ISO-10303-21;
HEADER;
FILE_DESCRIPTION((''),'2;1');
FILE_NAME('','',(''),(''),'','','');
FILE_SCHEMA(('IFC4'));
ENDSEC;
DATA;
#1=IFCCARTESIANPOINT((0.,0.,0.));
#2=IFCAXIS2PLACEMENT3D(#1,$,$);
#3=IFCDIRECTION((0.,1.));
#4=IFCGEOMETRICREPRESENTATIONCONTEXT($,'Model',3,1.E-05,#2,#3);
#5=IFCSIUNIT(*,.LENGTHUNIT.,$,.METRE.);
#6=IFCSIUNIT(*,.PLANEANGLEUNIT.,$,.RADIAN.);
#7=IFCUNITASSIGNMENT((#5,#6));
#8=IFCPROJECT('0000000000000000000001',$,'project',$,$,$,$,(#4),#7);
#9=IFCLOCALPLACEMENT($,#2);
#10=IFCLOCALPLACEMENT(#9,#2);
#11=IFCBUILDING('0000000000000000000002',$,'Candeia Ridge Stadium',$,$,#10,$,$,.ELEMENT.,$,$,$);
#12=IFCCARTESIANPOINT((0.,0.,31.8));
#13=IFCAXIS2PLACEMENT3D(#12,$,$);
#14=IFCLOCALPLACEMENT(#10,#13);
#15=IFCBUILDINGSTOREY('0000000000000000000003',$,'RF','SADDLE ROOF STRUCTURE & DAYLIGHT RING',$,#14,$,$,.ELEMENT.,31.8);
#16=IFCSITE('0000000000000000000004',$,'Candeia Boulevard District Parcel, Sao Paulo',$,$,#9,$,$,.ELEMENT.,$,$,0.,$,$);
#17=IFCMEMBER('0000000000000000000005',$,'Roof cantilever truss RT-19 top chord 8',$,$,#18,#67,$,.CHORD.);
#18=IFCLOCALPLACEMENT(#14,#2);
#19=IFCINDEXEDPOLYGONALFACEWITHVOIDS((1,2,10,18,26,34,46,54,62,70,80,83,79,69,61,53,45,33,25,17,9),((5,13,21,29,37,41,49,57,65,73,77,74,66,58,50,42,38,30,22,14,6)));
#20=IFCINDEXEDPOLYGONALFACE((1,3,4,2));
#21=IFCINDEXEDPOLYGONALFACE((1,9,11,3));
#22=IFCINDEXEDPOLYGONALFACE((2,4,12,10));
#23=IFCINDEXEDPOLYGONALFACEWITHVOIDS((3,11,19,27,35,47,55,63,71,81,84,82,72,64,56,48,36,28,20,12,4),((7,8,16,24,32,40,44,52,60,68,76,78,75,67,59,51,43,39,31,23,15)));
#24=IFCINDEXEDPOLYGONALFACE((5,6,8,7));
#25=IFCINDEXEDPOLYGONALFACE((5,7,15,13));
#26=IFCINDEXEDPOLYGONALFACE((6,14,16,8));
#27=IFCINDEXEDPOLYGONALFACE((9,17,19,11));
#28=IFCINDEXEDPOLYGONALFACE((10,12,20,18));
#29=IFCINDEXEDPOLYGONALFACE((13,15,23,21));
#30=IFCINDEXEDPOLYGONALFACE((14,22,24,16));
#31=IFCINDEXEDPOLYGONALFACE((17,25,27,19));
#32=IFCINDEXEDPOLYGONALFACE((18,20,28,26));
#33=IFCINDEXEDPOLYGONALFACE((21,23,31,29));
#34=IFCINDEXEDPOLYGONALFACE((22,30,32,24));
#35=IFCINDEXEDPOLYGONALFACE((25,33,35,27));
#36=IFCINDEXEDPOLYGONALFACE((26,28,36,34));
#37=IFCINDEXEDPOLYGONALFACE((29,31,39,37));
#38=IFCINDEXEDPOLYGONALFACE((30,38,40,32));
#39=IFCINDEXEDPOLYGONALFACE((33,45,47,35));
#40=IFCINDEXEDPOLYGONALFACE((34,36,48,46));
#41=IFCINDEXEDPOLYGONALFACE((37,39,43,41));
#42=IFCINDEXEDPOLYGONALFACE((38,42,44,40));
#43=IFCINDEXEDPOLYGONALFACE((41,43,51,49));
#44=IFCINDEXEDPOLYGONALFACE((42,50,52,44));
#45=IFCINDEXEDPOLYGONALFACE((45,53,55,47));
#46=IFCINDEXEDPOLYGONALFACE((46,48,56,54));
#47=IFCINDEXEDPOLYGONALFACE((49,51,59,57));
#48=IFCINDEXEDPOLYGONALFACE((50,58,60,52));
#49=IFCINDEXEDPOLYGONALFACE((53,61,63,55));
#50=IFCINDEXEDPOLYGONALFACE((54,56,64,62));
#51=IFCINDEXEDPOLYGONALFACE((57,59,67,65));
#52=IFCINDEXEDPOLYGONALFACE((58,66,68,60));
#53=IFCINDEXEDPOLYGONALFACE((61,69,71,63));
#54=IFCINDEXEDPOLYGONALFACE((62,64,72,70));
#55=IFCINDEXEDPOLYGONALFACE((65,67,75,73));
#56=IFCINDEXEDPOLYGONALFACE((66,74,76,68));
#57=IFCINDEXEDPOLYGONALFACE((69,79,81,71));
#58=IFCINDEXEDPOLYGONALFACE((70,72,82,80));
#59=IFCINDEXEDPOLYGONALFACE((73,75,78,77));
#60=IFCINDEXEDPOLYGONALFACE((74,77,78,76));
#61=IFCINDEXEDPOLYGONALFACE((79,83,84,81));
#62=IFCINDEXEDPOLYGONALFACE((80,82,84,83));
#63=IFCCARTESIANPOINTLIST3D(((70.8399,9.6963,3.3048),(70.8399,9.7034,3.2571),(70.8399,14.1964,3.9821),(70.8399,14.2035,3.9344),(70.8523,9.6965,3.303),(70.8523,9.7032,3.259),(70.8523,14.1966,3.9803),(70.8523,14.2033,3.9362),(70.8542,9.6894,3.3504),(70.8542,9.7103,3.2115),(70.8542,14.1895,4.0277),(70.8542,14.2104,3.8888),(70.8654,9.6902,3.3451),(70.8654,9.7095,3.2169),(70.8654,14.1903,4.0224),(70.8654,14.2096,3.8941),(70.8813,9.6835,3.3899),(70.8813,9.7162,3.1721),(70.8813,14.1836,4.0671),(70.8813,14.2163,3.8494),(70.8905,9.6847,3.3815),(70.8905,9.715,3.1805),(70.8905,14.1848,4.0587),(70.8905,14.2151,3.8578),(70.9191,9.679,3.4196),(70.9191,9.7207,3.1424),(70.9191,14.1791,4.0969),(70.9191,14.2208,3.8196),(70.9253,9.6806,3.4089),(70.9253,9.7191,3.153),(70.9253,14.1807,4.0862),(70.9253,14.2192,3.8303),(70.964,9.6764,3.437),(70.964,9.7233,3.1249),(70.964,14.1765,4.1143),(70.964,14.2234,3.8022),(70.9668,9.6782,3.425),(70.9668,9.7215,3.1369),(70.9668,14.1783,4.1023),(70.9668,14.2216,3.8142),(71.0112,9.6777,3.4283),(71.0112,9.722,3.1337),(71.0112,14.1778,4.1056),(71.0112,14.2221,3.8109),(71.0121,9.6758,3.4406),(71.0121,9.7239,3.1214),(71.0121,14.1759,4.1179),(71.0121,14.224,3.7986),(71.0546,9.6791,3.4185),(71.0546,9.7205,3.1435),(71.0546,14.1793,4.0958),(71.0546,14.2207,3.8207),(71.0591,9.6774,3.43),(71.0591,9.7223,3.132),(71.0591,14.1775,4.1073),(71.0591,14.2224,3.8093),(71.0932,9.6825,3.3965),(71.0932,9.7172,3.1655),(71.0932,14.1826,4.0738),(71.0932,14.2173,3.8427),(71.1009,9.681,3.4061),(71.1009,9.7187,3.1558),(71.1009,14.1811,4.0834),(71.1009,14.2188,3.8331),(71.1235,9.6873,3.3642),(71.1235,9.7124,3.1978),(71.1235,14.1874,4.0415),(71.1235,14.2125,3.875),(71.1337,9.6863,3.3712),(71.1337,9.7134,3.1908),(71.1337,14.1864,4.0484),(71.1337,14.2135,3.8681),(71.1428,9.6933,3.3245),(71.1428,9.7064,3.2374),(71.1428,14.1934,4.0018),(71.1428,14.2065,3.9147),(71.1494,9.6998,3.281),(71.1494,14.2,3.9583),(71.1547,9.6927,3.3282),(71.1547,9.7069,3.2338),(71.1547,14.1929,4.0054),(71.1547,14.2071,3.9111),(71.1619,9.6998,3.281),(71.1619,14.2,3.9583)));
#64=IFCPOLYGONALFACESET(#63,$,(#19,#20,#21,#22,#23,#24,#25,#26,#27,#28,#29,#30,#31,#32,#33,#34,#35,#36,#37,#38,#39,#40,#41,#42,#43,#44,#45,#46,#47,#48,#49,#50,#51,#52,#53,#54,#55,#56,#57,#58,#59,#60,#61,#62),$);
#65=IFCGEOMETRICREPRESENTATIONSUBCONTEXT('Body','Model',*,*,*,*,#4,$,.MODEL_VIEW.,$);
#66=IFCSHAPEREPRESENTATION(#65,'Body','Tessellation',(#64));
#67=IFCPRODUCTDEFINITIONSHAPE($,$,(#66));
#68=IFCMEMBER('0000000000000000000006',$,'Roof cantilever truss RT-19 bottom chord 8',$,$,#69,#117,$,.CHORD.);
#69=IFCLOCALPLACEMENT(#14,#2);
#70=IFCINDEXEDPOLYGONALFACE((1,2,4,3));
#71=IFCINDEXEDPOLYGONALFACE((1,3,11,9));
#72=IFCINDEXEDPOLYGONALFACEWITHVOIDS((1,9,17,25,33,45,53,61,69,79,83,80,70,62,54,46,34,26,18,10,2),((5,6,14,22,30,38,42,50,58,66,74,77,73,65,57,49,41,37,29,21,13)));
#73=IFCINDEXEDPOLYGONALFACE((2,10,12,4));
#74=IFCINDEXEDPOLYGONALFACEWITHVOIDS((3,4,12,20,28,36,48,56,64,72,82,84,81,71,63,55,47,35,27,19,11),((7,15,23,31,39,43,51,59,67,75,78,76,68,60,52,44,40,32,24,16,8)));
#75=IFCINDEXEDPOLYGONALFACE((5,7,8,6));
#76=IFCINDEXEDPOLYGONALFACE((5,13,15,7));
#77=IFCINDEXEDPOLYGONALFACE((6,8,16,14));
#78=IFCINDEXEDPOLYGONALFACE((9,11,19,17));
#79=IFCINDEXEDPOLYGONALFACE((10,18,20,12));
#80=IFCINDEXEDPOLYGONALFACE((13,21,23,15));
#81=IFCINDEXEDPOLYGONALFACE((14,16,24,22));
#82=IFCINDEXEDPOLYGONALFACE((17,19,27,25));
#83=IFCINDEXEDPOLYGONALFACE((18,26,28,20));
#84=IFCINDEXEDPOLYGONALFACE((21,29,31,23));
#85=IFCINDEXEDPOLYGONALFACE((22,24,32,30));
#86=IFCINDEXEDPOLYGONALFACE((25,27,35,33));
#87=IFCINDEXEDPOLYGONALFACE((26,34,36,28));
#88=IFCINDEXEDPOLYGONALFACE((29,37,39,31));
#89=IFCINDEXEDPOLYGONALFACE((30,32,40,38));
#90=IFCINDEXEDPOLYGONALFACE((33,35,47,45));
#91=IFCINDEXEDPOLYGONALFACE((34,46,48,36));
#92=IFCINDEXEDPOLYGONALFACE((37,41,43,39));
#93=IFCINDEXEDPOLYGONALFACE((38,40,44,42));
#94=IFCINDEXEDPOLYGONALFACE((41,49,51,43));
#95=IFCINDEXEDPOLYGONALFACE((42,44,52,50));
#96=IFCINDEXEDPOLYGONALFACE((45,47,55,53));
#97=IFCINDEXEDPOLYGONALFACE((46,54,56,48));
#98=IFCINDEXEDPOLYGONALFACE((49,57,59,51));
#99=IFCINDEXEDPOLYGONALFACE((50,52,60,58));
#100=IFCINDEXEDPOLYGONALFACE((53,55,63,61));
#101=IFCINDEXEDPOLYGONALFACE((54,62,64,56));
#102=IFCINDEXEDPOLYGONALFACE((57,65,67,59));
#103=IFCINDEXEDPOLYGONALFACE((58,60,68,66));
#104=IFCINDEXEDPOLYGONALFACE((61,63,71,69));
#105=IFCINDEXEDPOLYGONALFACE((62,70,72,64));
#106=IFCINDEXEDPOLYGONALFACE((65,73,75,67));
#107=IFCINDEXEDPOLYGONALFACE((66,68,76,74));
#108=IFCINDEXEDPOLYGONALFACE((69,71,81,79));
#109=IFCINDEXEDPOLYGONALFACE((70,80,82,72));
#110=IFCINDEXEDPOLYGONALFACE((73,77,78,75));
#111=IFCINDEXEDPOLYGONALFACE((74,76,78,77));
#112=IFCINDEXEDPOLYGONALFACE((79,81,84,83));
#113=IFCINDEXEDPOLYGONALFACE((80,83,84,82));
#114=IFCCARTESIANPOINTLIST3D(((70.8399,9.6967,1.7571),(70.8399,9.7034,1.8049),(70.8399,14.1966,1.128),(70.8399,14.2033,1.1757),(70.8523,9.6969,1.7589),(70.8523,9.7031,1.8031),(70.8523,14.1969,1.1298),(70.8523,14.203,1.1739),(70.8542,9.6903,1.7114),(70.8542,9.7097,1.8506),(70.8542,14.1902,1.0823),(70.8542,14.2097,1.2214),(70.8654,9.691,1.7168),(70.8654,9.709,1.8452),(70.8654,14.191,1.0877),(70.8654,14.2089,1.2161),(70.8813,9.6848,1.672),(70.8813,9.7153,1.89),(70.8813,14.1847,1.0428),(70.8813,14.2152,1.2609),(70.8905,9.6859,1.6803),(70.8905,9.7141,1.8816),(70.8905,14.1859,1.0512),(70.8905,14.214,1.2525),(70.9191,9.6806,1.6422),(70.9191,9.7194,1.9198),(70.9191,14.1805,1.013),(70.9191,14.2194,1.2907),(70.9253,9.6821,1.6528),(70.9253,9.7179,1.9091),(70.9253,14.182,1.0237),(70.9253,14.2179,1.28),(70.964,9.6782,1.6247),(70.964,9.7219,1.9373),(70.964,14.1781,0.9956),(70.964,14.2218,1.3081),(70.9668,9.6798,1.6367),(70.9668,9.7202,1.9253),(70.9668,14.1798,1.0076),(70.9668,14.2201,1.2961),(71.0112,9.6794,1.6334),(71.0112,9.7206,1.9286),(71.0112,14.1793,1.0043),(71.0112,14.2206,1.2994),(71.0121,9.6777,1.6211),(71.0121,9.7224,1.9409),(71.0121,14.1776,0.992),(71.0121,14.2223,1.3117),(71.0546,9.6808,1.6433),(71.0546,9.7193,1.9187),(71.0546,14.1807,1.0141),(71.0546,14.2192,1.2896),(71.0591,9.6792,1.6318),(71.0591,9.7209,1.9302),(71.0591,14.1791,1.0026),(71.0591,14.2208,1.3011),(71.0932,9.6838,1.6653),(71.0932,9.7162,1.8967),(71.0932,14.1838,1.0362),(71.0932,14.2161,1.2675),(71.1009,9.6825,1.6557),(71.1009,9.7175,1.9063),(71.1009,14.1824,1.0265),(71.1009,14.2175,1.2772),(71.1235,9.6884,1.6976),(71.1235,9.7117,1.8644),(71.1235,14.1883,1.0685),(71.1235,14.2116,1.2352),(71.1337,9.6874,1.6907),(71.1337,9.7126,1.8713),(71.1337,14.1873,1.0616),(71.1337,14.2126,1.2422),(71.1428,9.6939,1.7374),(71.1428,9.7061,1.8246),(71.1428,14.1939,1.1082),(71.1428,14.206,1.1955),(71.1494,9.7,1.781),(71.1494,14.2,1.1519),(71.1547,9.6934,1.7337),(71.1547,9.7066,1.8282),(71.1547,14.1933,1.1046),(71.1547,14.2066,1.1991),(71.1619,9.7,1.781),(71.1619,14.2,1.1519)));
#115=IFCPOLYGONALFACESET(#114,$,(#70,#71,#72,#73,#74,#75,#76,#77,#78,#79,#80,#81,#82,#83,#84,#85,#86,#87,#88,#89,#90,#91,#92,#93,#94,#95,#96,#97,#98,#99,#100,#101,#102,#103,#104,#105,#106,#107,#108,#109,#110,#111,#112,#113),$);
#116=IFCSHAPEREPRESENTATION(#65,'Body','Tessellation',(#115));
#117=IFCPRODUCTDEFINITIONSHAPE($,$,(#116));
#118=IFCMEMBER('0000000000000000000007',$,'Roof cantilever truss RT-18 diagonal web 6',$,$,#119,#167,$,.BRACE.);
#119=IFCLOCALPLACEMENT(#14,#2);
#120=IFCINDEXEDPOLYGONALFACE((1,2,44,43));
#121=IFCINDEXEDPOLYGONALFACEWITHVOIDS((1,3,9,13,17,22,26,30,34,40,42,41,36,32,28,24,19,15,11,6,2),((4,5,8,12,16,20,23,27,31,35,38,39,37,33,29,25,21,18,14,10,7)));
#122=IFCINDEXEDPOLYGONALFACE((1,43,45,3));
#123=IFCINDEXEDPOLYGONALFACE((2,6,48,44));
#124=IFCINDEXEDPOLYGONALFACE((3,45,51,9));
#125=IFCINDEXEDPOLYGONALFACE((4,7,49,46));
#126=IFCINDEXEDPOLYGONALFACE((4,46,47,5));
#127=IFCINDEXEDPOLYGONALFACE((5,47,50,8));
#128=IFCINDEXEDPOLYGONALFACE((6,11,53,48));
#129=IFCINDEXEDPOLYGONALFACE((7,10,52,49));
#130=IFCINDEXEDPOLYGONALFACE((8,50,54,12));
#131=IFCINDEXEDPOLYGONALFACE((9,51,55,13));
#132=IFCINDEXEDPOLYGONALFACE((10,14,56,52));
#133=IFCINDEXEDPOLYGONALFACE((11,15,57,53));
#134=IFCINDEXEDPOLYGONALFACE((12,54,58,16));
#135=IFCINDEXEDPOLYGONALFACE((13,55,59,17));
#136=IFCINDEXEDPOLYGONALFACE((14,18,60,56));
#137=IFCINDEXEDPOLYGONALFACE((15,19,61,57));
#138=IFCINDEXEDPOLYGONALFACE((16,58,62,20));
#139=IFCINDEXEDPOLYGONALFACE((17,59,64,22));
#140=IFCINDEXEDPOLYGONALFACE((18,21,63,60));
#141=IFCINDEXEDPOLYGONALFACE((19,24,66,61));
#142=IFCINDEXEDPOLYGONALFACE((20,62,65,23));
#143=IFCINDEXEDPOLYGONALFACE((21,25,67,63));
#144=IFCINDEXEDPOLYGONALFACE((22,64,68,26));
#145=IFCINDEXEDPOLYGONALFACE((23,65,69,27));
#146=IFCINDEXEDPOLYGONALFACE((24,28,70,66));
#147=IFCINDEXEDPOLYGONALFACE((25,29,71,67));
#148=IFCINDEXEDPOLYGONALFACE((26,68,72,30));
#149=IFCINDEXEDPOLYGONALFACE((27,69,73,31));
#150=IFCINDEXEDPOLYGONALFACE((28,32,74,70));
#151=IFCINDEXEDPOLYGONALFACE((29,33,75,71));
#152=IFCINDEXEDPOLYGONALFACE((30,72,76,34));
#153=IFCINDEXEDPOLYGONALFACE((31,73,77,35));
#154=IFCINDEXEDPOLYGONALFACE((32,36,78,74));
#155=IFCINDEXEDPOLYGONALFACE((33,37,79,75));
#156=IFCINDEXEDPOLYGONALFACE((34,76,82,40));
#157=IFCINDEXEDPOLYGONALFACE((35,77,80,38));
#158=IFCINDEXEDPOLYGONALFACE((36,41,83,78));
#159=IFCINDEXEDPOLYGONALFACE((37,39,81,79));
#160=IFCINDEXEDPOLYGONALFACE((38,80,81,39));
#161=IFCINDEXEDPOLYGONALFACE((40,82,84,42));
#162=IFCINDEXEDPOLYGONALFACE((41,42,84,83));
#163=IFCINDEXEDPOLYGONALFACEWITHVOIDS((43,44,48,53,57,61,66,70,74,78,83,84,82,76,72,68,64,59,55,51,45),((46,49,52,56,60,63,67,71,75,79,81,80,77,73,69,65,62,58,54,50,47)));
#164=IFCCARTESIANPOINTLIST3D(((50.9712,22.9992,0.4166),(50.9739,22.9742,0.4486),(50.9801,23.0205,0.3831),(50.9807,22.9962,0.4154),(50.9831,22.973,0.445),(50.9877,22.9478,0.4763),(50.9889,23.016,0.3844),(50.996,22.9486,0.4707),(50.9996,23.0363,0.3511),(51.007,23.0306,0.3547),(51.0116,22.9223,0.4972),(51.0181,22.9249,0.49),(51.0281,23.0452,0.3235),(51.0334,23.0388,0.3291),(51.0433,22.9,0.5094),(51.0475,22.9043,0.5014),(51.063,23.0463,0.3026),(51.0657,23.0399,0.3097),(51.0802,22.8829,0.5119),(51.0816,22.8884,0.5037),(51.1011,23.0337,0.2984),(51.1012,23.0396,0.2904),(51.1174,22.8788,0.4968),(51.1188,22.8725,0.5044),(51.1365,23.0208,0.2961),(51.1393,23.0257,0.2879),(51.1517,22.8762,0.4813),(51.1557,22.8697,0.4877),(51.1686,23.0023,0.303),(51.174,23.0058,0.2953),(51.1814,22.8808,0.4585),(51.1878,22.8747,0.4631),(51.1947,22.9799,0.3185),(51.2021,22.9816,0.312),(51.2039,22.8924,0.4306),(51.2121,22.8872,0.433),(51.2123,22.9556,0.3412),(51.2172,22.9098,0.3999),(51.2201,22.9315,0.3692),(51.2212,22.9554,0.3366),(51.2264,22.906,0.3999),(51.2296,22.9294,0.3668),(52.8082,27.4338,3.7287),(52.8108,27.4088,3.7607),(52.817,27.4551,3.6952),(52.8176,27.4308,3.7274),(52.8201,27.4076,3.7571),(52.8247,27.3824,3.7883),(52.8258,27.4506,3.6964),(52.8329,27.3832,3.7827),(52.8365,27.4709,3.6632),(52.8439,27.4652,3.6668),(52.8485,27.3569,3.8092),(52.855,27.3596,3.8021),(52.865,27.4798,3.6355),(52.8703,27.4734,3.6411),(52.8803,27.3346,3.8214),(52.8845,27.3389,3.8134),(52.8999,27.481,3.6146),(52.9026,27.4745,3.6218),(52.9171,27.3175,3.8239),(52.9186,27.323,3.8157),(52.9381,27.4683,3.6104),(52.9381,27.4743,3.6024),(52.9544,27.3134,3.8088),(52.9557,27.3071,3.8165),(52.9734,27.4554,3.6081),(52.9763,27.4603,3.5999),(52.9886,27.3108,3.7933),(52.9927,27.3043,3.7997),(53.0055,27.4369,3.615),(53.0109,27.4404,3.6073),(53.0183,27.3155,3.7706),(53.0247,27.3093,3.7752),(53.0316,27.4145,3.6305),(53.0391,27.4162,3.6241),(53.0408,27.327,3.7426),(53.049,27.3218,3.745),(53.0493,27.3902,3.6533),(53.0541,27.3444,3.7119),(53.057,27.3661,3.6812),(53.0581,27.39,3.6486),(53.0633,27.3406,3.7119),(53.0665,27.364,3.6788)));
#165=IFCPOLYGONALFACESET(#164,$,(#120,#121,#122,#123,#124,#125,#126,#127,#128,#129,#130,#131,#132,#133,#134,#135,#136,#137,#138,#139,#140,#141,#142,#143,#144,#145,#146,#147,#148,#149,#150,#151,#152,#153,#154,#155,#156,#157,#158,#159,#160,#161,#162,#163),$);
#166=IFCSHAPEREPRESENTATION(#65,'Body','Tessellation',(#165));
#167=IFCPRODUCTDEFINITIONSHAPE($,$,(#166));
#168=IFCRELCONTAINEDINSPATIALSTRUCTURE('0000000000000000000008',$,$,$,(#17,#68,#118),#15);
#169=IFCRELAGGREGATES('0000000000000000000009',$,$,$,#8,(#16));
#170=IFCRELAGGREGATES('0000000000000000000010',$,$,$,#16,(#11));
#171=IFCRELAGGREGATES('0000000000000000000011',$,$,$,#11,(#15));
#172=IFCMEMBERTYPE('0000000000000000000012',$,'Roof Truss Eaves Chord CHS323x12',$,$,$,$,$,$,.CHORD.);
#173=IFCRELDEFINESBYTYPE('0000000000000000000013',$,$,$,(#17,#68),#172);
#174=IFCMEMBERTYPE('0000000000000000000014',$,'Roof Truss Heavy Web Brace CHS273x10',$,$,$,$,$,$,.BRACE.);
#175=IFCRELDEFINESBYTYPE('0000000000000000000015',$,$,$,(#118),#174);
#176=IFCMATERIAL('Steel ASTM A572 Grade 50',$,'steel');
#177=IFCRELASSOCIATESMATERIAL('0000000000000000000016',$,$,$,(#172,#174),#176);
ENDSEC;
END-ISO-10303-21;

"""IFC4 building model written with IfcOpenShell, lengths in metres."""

from ifc_helpers import new_model, si_unit, direction, frame, origin, origin_2d, place, context, subcontext, project, spatial, hollow_circle, extrude, material, material_profile, profile_set, type_object, element, save


model = new_model("IFC4")

# Units and contexts
model_context = context("Model", 3, precision=1e-05, world=origin(), true_north=direction((0.0, 1.0)))
body_context = subcontext(model_context, "Body", "Model", "MODEL_VIEW")
ifc_project = project(units=[si_unit("LENGTHUNIT", "METRE"), si_unit("PLANEANGLEUNIT", "RADIAN")], contexts=[model_context])

# Site, building, storey
site_placement = place(None, origin())
site = spatial("IfcSite", under=ifc_project, at=site_placement, Name="Candeia Boulevard District Parcel, Sao Paulo", CompositionType="ELEMENT", RefElevation=0.0)
building_placement = place(site_placement, origin())
building = spatial("IfcBuilding", under=site, at=building_placement, Name="Candeia Ridge Stadium", CompositionType="ELEMENT")
storey_placement = place(building_placement, frame((0.0, 0.0, 31.8)))
storey = spatial("IfcBuildingStorey", under=building, at=storey_placement, Name="RF", Description="SADDLE ROOF STRUCTURE & DAYLIGHT RING", CompositionType="ELEMENT", Elevation=31.8)

# Shared definitions
ifc_material_1 = material(Name="Steel ASTM A572 Grade 50", Category="steel")

# Members
ifc_material_profile_1 = material_profile(ifc_material_1, hollow_circle(Radius=0.1619, WallThickness=0.0125, at=origin_2d()), Name="CHS323x12", Category="steel")
ifc_profile_set_1 = profile_set([ifc_material_profile_1], Name="Steel ASTM A572 Grade 50")
member_type_1 = type_object("IfcMemberType", Name="Roof Truss Eaves Chord CHS323x12", PredefinedType="CHORD", material=ifc_profile_set_1)
member_1_placement = place(storey_placement, frame((71.0, 14.2, 3.9583), z_axis=(0.0, -0.988864, -0.148823), x_axis=(1.0, 0.0, 0.0)))
element("IfcMember", 1, at=member_1_placement, inside=storey, type_object=member_type_1, Name="Roof cantilever truss RT-19 top chord 8", PredefinedType="CHORD", context=body_context, shape_type="SweptSolid", body=[
    extrude(hollow_circle(Radius=0.1619, WallThickness=0.0125, at=origin_2d()), origin(), (0.0, 0.0, 1.0), 4.5508),
])
member_2_placement = place(storey_placement, frame((71.0, 14.2, 1.1519), z_axis=(0.0, -0.990367, 0.138464), x_axis=(1.0, 0.0, 0.0)))
element("IfcMember", 2, at=member_2_placement, inside=storey, type_object=member_type_1, Name="Roof cantilever truss RT-19 bottom chord 8", PredefinedType="CHORD", context=body_context, shape_type="SweptSolid", body=[
    extrude(hollow_circle(Radius=0.1619, WallThickness=0.0125, at=origin_2d()), origin(), (0.0, 0.0, 1.0), 4.5437),
])
ifc_material_profile_2 = material_profile(ifc_material_1, hollow_circle(Radius=0.1365, WallThickness=0.01, at=origin_2d()), Name="CHS273x10", Category="steel")
ifc_profile_set_2 = profile_set([ifc_material_profile_2], Name="Steel ASTM A572 Grade 50")
member_type_2 = type_object("IfcMemberType", Name="Roof Truss Heavy Web Brace CHS273x10", PredefinedType="BRACE", material=ifc_profile_set_2)
member_3_placement = place(storey_placement, frame((52.9373, 27.3928, 3.7119), z_axis=(-0.314986, -0.760421, -0.567929), x_axis=(0.923875, -0.382693, 0.0)))
element("IfcMember", 3, at=member_3_placement, inside=storey, type_object=member_type_2, Name="Roof cantilever truss RT-18 diagonal web 6", PredefinedType="BRACE", context=body_context, shape_type="SweptSolid", body=[
    extrude(hollow_circle(Radius=0.1365, WallThickness=0.01, at=origin_2d()), origin(), (0.0, 0.0, 1.0), 5.8318),
])

save(model, "model.ifc")
